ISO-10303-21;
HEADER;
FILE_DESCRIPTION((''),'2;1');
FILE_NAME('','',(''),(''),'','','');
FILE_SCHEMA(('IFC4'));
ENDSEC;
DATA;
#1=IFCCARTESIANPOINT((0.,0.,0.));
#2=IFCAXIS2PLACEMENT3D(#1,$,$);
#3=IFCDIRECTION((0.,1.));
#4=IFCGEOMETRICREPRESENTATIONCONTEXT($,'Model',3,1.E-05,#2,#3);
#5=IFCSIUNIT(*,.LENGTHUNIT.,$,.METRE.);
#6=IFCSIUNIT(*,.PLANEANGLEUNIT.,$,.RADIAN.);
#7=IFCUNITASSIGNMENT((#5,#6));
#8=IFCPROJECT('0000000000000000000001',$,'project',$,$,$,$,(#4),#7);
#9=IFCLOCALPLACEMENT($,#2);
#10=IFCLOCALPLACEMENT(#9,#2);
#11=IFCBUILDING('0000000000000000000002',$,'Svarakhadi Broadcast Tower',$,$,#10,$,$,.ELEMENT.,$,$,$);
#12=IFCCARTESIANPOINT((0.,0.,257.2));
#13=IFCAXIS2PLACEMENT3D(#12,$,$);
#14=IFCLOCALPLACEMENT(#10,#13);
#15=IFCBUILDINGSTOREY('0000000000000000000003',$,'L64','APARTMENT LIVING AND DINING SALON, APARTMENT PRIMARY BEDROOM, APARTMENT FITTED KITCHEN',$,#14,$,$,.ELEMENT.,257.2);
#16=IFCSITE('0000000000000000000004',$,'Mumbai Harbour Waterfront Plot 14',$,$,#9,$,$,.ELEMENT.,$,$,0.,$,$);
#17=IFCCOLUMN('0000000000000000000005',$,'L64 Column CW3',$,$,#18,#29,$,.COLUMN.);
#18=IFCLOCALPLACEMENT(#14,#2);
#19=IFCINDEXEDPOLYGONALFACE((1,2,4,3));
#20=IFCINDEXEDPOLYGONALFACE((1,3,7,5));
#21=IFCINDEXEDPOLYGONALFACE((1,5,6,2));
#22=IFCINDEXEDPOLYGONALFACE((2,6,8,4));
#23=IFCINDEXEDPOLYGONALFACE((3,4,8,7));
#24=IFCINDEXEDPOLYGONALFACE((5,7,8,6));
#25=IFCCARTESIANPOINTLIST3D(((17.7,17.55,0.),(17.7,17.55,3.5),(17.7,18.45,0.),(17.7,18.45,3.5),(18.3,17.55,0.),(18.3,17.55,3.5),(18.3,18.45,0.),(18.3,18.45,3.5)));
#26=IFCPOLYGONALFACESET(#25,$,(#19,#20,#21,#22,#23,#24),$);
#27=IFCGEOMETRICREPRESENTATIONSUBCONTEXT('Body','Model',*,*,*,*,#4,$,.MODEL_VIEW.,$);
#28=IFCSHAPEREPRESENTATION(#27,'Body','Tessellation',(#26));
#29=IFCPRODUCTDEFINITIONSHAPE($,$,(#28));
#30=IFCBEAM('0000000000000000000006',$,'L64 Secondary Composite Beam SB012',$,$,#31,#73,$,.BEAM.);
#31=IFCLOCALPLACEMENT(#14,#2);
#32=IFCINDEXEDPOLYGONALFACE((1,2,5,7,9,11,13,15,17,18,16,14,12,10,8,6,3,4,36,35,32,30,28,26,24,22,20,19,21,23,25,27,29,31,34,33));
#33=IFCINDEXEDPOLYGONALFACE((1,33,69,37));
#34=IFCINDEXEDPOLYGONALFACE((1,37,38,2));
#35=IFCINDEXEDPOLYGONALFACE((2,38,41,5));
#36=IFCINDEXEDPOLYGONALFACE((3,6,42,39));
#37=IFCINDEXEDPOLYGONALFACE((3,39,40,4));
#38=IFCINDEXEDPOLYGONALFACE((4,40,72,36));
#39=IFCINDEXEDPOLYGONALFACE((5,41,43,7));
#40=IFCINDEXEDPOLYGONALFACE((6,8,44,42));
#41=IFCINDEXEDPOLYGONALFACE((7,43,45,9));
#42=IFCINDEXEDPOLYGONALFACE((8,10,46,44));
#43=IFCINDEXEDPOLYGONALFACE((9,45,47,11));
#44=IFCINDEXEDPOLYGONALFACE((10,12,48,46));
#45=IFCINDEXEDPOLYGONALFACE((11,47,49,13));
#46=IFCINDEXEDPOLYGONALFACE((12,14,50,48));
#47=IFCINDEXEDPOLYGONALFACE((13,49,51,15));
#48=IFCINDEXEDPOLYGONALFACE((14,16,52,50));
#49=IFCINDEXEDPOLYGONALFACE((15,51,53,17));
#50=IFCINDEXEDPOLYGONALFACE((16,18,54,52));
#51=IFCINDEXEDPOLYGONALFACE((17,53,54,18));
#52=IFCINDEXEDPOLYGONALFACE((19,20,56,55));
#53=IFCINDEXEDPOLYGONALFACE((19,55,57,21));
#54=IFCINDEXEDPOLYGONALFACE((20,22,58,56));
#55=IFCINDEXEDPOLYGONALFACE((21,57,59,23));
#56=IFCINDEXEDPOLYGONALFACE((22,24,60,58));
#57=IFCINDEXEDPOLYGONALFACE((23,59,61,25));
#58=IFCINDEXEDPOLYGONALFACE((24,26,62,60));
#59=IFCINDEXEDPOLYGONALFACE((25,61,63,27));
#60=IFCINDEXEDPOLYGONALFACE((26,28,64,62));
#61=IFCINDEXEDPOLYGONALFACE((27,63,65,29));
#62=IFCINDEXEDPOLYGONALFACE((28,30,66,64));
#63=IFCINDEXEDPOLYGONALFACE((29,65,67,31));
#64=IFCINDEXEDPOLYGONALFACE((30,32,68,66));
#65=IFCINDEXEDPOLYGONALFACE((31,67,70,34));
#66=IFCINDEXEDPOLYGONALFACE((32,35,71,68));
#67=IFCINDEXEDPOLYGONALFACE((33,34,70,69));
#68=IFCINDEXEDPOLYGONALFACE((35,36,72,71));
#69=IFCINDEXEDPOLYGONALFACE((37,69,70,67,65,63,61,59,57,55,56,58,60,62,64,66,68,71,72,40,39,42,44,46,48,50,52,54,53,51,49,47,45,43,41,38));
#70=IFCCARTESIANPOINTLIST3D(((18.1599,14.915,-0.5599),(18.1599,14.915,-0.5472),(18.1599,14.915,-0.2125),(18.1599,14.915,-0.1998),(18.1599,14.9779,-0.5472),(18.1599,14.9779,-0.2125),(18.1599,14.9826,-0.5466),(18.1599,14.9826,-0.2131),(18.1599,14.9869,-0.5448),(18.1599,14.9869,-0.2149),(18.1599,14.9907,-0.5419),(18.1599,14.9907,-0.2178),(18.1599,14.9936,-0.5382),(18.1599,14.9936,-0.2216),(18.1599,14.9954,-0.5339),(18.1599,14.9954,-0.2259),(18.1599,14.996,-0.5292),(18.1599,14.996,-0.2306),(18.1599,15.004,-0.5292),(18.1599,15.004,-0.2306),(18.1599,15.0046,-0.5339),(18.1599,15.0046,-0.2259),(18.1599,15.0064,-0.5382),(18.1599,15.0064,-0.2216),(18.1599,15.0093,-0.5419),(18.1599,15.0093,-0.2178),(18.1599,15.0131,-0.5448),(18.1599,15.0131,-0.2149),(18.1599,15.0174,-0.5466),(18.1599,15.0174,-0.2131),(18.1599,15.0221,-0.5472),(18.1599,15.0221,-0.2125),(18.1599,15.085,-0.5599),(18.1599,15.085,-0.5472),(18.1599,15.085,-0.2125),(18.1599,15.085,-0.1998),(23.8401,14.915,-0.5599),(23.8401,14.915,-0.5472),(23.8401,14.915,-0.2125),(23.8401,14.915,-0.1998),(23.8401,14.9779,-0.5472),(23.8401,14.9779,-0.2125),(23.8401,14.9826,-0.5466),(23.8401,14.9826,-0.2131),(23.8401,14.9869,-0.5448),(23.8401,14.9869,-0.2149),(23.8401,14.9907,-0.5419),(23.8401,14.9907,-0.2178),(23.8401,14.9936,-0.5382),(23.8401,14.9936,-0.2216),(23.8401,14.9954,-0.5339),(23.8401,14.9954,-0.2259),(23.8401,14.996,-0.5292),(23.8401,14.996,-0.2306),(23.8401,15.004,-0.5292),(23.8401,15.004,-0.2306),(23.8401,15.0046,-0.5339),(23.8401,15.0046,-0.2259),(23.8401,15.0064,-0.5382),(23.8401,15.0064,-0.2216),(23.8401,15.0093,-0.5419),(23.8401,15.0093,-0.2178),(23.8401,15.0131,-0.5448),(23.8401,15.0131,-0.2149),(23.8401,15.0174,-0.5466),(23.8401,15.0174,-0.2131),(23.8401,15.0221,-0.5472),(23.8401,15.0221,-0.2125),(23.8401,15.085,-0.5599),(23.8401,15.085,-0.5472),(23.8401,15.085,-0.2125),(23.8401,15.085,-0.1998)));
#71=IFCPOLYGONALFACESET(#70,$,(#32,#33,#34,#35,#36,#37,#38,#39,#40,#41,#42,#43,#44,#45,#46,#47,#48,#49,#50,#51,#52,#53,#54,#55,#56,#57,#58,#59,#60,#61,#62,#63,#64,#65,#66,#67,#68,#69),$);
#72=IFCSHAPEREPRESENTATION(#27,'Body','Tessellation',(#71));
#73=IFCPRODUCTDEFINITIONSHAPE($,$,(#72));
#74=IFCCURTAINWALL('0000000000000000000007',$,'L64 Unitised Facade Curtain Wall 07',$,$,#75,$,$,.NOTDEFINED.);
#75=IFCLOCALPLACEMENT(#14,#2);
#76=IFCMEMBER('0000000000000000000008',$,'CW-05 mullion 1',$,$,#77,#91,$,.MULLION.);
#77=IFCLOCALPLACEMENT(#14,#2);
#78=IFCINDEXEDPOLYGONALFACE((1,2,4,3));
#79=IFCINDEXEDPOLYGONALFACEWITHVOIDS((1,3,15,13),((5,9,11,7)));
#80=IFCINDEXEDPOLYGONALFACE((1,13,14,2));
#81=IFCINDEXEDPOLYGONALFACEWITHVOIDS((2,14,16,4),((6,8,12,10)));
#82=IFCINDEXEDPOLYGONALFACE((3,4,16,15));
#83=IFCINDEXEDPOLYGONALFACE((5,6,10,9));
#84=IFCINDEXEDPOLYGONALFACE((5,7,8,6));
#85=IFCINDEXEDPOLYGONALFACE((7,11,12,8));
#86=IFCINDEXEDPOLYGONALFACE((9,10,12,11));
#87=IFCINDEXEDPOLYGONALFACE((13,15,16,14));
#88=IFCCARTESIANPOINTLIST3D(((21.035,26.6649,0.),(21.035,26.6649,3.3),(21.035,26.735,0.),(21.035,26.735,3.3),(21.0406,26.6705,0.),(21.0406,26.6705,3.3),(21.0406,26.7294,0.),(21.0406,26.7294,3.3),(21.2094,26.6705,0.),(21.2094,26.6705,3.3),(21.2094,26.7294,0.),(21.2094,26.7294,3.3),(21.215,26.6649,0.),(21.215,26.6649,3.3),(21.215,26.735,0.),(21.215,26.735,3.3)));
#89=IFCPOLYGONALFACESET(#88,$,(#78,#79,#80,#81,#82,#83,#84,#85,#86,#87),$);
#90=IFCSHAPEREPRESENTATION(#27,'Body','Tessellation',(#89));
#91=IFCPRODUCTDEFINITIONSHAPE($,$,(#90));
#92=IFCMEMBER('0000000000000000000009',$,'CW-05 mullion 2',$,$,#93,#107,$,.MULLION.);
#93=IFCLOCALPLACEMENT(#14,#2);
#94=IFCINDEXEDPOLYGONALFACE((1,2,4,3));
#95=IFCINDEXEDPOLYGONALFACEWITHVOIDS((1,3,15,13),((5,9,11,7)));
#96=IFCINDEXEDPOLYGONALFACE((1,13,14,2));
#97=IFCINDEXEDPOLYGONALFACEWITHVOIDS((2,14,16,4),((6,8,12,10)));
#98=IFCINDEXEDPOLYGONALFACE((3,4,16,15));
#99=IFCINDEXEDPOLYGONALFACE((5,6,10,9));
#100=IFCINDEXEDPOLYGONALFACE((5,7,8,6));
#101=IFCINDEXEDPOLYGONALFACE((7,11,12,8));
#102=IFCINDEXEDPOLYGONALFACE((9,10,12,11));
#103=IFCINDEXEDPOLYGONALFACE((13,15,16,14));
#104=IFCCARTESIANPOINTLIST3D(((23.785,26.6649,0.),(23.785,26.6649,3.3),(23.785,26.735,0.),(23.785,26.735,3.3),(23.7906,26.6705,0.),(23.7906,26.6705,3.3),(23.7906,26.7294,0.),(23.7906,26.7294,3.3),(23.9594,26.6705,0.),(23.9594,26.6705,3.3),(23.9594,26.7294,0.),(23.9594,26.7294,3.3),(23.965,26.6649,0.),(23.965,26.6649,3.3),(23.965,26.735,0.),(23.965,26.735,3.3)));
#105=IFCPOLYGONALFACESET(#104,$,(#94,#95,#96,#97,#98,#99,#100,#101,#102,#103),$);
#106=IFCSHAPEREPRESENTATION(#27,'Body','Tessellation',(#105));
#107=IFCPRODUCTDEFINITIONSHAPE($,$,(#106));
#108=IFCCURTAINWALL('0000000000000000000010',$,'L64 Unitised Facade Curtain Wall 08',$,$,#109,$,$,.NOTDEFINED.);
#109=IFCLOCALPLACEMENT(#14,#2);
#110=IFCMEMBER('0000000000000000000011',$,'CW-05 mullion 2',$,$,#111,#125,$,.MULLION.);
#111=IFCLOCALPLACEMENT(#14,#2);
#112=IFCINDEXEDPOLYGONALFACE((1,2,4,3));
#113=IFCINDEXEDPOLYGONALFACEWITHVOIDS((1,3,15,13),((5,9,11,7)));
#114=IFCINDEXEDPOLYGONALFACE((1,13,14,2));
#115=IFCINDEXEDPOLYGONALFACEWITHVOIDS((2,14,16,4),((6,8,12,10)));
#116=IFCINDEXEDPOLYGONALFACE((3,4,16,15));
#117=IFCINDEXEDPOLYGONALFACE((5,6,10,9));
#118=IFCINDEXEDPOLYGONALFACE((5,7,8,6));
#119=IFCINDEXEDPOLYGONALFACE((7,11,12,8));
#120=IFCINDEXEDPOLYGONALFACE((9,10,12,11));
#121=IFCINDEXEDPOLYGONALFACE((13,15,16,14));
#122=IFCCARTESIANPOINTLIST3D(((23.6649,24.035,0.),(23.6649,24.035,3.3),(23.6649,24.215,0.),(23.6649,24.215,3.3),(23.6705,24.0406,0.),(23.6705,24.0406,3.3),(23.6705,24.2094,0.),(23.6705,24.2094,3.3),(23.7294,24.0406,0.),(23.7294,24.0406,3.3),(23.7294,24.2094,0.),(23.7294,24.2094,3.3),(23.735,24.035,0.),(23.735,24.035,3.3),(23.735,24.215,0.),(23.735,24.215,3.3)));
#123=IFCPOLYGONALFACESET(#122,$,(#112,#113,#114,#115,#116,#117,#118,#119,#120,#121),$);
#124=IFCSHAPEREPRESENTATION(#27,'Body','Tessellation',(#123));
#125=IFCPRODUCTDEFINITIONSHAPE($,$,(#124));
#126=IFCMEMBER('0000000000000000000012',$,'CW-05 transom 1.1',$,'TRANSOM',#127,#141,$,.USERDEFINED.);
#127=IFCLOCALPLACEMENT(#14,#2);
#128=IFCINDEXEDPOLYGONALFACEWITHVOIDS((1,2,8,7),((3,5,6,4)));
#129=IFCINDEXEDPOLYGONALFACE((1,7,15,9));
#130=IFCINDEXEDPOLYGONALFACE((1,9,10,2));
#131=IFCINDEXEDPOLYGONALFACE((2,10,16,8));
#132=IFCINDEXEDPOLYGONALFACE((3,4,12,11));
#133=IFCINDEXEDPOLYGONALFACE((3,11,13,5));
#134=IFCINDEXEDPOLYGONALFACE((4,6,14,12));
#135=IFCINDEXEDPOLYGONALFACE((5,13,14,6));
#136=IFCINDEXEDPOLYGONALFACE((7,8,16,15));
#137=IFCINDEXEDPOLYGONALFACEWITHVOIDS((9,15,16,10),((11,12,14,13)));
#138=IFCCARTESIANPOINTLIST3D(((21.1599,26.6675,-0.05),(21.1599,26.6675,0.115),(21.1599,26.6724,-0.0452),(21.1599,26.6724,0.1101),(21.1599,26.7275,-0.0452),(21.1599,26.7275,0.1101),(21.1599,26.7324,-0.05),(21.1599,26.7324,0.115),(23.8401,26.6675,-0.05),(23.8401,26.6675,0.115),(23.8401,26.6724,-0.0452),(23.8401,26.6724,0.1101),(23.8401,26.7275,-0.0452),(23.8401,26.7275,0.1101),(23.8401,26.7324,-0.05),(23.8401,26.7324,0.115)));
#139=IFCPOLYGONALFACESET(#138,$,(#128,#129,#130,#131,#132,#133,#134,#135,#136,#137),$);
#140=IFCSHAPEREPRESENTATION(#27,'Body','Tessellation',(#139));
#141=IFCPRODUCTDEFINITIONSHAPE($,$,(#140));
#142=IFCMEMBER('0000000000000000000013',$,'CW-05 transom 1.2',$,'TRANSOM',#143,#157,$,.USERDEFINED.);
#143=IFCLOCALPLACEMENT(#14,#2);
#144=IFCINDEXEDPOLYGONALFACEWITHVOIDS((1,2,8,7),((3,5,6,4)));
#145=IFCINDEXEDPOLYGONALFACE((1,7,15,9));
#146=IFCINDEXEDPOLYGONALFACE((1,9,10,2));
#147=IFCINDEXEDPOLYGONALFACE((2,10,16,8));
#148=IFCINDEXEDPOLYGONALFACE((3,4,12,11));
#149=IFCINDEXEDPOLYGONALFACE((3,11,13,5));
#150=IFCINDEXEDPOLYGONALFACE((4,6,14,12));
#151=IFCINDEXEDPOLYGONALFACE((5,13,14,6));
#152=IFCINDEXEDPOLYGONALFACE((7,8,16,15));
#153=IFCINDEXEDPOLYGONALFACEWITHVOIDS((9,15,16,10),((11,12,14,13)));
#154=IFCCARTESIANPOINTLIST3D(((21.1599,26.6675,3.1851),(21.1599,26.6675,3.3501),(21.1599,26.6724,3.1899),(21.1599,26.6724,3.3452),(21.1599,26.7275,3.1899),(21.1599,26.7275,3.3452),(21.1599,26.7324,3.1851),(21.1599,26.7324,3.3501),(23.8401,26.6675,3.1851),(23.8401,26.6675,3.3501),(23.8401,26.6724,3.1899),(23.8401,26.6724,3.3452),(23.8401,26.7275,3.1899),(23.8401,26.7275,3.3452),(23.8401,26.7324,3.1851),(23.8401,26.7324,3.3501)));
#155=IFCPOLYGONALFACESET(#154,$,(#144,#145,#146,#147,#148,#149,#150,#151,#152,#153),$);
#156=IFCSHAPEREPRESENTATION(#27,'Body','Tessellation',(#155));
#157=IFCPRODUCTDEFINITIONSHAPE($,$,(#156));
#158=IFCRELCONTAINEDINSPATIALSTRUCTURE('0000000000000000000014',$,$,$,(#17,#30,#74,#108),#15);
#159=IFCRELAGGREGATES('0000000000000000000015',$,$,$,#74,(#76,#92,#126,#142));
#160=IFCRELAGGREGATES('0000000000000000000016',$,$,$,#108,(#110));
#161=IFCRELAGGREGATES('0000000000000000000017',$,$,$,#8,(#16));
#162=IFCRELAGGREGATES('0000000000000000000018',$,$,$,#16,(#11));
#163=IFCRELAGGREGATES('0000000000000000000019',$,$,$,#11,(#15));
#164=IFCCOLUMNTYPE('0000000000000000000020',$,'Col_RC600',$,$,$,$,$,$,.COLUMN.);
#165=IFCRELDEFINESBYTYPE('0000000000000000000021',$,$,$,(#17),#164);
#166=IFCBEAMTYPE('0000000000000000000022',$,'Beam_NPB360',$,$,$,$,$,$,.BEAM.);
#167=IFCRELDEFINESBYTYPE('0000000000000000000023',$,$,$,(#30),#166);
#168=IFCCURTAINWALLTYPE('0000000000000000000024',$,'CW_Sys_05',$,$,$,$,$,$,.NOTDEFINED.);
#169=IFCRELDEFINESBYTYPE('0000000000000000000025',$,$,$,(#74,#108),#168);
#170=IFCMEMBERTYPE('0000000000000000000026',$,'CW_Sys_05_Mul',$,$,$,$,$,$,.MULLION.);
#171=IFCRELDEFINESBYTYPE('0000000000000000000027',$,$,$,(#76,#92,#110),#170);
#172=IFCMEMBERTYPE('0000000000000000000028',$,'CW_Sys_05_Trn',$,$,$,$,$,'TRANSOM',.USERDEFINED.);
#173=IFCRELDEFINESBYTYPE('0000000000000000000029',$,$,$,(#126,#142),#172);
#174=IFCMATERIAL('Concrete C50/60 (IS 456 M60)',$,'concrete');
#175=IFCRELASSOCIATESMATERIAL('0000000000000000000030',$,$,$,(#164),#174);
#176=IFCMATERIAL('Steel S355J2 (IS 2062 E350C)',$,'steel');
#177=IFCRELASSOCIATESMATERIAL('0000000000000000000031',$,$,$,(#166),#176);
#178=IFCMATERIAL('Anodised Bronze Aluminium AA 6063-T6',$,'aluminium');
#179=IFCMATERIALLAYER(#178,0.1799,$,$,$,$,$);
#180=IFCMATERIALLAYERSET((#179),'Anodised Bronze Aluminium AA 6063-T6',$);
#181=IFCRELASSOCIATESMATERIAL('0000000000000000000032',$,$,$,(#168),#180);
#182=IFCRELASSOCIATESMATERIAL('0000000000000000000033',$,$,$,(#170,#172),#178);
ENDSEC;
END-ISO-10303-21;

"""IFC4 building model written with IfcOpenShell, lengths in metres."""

from ifc_helpers import new_model, si_unit, direction, frame, origin, origin_2d, place, context, subcontext, project, spatial, rectangle, hollow_rectangle, i_section, extrude, material, layer, layer_set, material_profile, profile_set, type_object, element, aggregate, save


model = new_model("IFC4")

# Units and contexts
model_context = context("Model", 3, precision=1e-05, world=origin(), true_north=direction((0.0, 1.0)))
body_context = subcontext(model_context, "Body", "Model", "MODEL_VIEW")
ifc_project = project(units=[si_unit("LENGTHUNIT", "METRE"), si_unit("PLANEANGLEUNIT", "RADIAN")], contexts=[model_context])

# Site, building, storey
site_placement = place(None, origin())
site = spatial("IfcSite", under=ifc_project, at=site_placement, Name="Mumbai Harbour Waterfront Plot 14", CompositionType="ELEMENT", RefElevation=0.0)
building_placement = place(site_placement, origin())
building = spatial("IfcBuilding", under=site, at=building_placement, Name="Svarakhadi Broadcast Tower", CompositionType="ELEMENT")
storey_placement = place(building_placement, frame((0.0, 0.0, 257.2)))
storey = spatial("IfcBuildingStorey", under=building, at=storey_placement, Name="L64", Description="APARTMENT LIVING AND DINING SALON, APARTMENT PRIMARY BEDROOM, APARTMENT FITTED KITCHEN", CompositionType="ELEMENT", Elevation=257.2)

# Column
ifc_material_1 = material(Name="Concrete C50/60 (IS 456 M60)", Category="concrete")
ifc_material_profile_1 = material_profile(ifc_material_1, rectangle(XDim=0.6001, YDim=0.8999, at=origin_2d()), Name="RC 600x900")
ifc_profile_set_1 = profile_set([ifc_material_profile_1], Name="Concrete C50/60 (IS 456 M60)")
column_type = type_object("IfcColumnType", Name="Col_RC600", PredefinedType="COLUMN", material=ifc_profile_set_1)
column_placement = place(storey_placement, frame((18.0, 18.0, 0.0), z_axis=(0.0, 0.0, 1.0), x_axis=(1.0, 0.0, 0.0)))
element("IfcColumn", 1, at=column_placement, inside=storey, type_object=column_type, Name="L64 Column CW3", PredefinedType="COLUMN", context=body_context, shape_type="SweptSolid", body=[
    extrude(rectangle(XDim=0.6001, YDim=0.8999, at=origin_2d()), origin(), (0.0, 0.0, 1.0), 3.5),
])

# Beam
ifc_material_2 = material(Name="Steel S355J2 (IS 2062 E350C)", Category="steel")
ifc_material_profile_2 = material_profile(ifc_material_2, i_section(OverallWidth=0.1699, OverallDepth=0.3601, WebThickness=0.0081, FlangeThickness=0.0127, FilletRadius=0.0181, at=origin_2d()), Name="NPB 360x170x57")
ifc_profile_set_2 = profile_set([ifc_material_profile_2], Name="Steel S355J2 (IS 2062 E350C)")
beam_type_1 = type_object("IfcBeamType", Name="Beam_NPB360", PredefinedType="BEAM", material=ifc_profile_set_2)
beam_1_placement = place(storey_placement, frame((18.1599, 15.0, -0.3799), z_axis=(1.0, 0.0, 0.0), x_axis=(0.0, 1.0, 0.0)))
element("IfcBeam", 2, at=beam_1_placement, inside=storey, type_object=beam_type_1, Name="L64 Secondary Composite Beam SB012", PredefinedType="BEAM", context=body_context, shape_type="SweptSolid", body=[
    extrude(i_section(OverallWidth=0.1699, OverallDepth=0.3601, WebThickness=0.0081, FlangeThickness=0.0127, FilletRadius=0.0181, at=origin_2d()), origin(), (0.0, 0.0, 1.0), 5.6802),
])

# Curtain wall, members
ifc_material_3 = material(Name="Anodised Bronze Aluminium AA 6063-T6", Category="aluminium")
ifc_layer_1 = layer(ifc_material_3, 0.1799)
ifc_layer_set_1 = layer_set([ifc_layer_1], Name="Anodised Bronze Aluminium AA 6063-T6")
curtain_wall_type = type_object("IfcCurtainWallType", Name="CW_Sys_05", PredefinedType="NOTDEFINED", material=ifc_layer_set_1)
curtain_wall_1_placement = place(storey_placement, origin())
curtain_wall_1 = element("IfcCurtainWall", 3, at=curtain_wall_1_placement, inside=storey, type_object=curtain_wall_type, Name="L64 Unitised Facade Curtain Wall 07", PredefinedType="NOTDEFINED")
ifc_material_profile_3 = material_profile(ifc_material_3, hollow_rectangle(XDim=0.0701, YDim=0.1799, WallThickness=0.0056, at=origin_2d()), Name="ALU MULLION 180x70x6")
ifc_profile_set_3 = profile_set([ifc_material_profile_3], Name="Anodised Bronze Aluminium AA 6063-T6")
member_type_1 = type_object("IfcMemberType", Name="CW_Sys_05_Mul", PredefinedType="MULLION", material=ifc_profile_set_3)
member_1_placement = place(storey_placement, frame((21.125, 26.7, 0.0), z_axis=(0.0, 0.0, 1.0), x_axis=(0.0, 1.0, 0.0)))
member_1 = element("IfcMember", 4, at=member_1_placement, type_object=member_type_1, Name="CW-05 mullion 1", PredefinedType="MULLION", context=body_context, shape_type="SweptSolid", body=[
    extrude(hollow_rectangle(XDim=0.0701, YDim=0.1799, WallThickness=0.0056, at=origin_2d()), origin(), (0.0, 0.0, 1.0), 3.3),
])
member_2_placement = place(storey_placement, frame((23.875, 26.7, 0.0), z_axis=(0.0, 0.0, 1.0), x_axis=(0.0, 1.0, 0.0)))
member_2 = element("IfcMember", 5, at=member_2_placement, type_object=member_type_1, Name="CW-05 mullion 2", PredefinedType="MULLION", context=body_context, shape_type="SweptSolid", body=[
    extrude(hollow_rectangle(XDim=0.0701, YDim=0.1799, WallThickness=0.0056, at=origin_2d()), origin(), (0.0, 0.0, 1.0), 3.3),
])

# Curtain wall, member
curtain_wall_2_placement = place(storey_placement, origin())
curtain_wall_2 = element("IfcCurtainWall", 6, at=curtain_wall_2_placement, inside=storey, type_object=curtain_wall_type, Name="L64 Unitised Facade Curtain Wall 08", PredefinedType="NOTDEFINED")
member_3_placement = place(storey_placement, frame((23.7, 24.125, 0.0), z_axis=(0.0, 0.0, 1.0), x_axis=(1.0, 0.0, 0.0)))
member_3 = element("IfcMember", 7, at=member_3_placement, type_object=member_type_1, Name="CW-05 mullion 2", PredefinedType="MULLION", context=body_context, shape_type="SweptSolid", body=[
    extrude(hollow_rectangle(XDim=0.0701, YDim=0.1799, WallThickness=0.0056, at=origin_2d()), origin(), (0.0, 0.0, 1.0), 3.3),
])

# Members
ifc_material_profile_4 = material_profile(ifc_material_3, hollow_rectangle(XDim=0.0649, YDim=0.165, WallThickness=0.0049, at=origin_2d()), Name="ALU TRANSOM 165x65x5")
ifc_profile_set_4 = profile_set([ifc_material_profile_4], Name="Anodised Bronze Aluminium AA 6063-T6")
member_type_2 = type_object("IfcMemberType", Name="CW_Sys_05_Trn", ElementType="TRANSOM", PredefinedType="USERDEFINED", material=ifc_profile_set_4)
member_4_placement = place(storey_placement, frame((21.1599, 26.7, 0.0325), z_axis=(1.0, 0.0, 0.0), x_axis=(0.0, 1.0, 0.0)))
member_4 = element("IfcMember", 8, at=member_4_placement, type_object=member_type_2, Name="CW-05 transom 1.1", ObjectType="TRANSOM", PredefinedType="USERDEFINED", context=body_context, shape_type="SweptSolid", body=[
    extrude(hollow_rectangle(XDim=0.0649, YDim=0.165, WallThickness=0.0049, at=origin_2d()), origin(), (0.0, 0.0, 1.0), 2.6802),
])
member_5_placement = place(storey_placement, frame((21.1599, 26.7, 3.2676), z_axis=(1.0, 0.0, 0.0), x_axis=(0.0, 1.0, 0.0)))
member_5 = element("IfcMember", 9, at=member_5_placement, type_object=member_type_2, Name="CW-05 transom 1.2", ObjectType="TRANSOM", PredefinedType="USERDEFINED", context=body_context, shape_type="SweptSolid", body=[
    extrude(hollow_rectangle(XDim=0.0649, YDim=0.165, WallThickness=0.0049, at=origin_2d()), origin(), (0.0, 0.0, 1.0), 2.6802),
])

aggregate(curtain_wall_1, [member_1, member_2, member_4, member_5])
aggregate(curtain_wall_2, [member_3])

save(model, "model.ifc")
